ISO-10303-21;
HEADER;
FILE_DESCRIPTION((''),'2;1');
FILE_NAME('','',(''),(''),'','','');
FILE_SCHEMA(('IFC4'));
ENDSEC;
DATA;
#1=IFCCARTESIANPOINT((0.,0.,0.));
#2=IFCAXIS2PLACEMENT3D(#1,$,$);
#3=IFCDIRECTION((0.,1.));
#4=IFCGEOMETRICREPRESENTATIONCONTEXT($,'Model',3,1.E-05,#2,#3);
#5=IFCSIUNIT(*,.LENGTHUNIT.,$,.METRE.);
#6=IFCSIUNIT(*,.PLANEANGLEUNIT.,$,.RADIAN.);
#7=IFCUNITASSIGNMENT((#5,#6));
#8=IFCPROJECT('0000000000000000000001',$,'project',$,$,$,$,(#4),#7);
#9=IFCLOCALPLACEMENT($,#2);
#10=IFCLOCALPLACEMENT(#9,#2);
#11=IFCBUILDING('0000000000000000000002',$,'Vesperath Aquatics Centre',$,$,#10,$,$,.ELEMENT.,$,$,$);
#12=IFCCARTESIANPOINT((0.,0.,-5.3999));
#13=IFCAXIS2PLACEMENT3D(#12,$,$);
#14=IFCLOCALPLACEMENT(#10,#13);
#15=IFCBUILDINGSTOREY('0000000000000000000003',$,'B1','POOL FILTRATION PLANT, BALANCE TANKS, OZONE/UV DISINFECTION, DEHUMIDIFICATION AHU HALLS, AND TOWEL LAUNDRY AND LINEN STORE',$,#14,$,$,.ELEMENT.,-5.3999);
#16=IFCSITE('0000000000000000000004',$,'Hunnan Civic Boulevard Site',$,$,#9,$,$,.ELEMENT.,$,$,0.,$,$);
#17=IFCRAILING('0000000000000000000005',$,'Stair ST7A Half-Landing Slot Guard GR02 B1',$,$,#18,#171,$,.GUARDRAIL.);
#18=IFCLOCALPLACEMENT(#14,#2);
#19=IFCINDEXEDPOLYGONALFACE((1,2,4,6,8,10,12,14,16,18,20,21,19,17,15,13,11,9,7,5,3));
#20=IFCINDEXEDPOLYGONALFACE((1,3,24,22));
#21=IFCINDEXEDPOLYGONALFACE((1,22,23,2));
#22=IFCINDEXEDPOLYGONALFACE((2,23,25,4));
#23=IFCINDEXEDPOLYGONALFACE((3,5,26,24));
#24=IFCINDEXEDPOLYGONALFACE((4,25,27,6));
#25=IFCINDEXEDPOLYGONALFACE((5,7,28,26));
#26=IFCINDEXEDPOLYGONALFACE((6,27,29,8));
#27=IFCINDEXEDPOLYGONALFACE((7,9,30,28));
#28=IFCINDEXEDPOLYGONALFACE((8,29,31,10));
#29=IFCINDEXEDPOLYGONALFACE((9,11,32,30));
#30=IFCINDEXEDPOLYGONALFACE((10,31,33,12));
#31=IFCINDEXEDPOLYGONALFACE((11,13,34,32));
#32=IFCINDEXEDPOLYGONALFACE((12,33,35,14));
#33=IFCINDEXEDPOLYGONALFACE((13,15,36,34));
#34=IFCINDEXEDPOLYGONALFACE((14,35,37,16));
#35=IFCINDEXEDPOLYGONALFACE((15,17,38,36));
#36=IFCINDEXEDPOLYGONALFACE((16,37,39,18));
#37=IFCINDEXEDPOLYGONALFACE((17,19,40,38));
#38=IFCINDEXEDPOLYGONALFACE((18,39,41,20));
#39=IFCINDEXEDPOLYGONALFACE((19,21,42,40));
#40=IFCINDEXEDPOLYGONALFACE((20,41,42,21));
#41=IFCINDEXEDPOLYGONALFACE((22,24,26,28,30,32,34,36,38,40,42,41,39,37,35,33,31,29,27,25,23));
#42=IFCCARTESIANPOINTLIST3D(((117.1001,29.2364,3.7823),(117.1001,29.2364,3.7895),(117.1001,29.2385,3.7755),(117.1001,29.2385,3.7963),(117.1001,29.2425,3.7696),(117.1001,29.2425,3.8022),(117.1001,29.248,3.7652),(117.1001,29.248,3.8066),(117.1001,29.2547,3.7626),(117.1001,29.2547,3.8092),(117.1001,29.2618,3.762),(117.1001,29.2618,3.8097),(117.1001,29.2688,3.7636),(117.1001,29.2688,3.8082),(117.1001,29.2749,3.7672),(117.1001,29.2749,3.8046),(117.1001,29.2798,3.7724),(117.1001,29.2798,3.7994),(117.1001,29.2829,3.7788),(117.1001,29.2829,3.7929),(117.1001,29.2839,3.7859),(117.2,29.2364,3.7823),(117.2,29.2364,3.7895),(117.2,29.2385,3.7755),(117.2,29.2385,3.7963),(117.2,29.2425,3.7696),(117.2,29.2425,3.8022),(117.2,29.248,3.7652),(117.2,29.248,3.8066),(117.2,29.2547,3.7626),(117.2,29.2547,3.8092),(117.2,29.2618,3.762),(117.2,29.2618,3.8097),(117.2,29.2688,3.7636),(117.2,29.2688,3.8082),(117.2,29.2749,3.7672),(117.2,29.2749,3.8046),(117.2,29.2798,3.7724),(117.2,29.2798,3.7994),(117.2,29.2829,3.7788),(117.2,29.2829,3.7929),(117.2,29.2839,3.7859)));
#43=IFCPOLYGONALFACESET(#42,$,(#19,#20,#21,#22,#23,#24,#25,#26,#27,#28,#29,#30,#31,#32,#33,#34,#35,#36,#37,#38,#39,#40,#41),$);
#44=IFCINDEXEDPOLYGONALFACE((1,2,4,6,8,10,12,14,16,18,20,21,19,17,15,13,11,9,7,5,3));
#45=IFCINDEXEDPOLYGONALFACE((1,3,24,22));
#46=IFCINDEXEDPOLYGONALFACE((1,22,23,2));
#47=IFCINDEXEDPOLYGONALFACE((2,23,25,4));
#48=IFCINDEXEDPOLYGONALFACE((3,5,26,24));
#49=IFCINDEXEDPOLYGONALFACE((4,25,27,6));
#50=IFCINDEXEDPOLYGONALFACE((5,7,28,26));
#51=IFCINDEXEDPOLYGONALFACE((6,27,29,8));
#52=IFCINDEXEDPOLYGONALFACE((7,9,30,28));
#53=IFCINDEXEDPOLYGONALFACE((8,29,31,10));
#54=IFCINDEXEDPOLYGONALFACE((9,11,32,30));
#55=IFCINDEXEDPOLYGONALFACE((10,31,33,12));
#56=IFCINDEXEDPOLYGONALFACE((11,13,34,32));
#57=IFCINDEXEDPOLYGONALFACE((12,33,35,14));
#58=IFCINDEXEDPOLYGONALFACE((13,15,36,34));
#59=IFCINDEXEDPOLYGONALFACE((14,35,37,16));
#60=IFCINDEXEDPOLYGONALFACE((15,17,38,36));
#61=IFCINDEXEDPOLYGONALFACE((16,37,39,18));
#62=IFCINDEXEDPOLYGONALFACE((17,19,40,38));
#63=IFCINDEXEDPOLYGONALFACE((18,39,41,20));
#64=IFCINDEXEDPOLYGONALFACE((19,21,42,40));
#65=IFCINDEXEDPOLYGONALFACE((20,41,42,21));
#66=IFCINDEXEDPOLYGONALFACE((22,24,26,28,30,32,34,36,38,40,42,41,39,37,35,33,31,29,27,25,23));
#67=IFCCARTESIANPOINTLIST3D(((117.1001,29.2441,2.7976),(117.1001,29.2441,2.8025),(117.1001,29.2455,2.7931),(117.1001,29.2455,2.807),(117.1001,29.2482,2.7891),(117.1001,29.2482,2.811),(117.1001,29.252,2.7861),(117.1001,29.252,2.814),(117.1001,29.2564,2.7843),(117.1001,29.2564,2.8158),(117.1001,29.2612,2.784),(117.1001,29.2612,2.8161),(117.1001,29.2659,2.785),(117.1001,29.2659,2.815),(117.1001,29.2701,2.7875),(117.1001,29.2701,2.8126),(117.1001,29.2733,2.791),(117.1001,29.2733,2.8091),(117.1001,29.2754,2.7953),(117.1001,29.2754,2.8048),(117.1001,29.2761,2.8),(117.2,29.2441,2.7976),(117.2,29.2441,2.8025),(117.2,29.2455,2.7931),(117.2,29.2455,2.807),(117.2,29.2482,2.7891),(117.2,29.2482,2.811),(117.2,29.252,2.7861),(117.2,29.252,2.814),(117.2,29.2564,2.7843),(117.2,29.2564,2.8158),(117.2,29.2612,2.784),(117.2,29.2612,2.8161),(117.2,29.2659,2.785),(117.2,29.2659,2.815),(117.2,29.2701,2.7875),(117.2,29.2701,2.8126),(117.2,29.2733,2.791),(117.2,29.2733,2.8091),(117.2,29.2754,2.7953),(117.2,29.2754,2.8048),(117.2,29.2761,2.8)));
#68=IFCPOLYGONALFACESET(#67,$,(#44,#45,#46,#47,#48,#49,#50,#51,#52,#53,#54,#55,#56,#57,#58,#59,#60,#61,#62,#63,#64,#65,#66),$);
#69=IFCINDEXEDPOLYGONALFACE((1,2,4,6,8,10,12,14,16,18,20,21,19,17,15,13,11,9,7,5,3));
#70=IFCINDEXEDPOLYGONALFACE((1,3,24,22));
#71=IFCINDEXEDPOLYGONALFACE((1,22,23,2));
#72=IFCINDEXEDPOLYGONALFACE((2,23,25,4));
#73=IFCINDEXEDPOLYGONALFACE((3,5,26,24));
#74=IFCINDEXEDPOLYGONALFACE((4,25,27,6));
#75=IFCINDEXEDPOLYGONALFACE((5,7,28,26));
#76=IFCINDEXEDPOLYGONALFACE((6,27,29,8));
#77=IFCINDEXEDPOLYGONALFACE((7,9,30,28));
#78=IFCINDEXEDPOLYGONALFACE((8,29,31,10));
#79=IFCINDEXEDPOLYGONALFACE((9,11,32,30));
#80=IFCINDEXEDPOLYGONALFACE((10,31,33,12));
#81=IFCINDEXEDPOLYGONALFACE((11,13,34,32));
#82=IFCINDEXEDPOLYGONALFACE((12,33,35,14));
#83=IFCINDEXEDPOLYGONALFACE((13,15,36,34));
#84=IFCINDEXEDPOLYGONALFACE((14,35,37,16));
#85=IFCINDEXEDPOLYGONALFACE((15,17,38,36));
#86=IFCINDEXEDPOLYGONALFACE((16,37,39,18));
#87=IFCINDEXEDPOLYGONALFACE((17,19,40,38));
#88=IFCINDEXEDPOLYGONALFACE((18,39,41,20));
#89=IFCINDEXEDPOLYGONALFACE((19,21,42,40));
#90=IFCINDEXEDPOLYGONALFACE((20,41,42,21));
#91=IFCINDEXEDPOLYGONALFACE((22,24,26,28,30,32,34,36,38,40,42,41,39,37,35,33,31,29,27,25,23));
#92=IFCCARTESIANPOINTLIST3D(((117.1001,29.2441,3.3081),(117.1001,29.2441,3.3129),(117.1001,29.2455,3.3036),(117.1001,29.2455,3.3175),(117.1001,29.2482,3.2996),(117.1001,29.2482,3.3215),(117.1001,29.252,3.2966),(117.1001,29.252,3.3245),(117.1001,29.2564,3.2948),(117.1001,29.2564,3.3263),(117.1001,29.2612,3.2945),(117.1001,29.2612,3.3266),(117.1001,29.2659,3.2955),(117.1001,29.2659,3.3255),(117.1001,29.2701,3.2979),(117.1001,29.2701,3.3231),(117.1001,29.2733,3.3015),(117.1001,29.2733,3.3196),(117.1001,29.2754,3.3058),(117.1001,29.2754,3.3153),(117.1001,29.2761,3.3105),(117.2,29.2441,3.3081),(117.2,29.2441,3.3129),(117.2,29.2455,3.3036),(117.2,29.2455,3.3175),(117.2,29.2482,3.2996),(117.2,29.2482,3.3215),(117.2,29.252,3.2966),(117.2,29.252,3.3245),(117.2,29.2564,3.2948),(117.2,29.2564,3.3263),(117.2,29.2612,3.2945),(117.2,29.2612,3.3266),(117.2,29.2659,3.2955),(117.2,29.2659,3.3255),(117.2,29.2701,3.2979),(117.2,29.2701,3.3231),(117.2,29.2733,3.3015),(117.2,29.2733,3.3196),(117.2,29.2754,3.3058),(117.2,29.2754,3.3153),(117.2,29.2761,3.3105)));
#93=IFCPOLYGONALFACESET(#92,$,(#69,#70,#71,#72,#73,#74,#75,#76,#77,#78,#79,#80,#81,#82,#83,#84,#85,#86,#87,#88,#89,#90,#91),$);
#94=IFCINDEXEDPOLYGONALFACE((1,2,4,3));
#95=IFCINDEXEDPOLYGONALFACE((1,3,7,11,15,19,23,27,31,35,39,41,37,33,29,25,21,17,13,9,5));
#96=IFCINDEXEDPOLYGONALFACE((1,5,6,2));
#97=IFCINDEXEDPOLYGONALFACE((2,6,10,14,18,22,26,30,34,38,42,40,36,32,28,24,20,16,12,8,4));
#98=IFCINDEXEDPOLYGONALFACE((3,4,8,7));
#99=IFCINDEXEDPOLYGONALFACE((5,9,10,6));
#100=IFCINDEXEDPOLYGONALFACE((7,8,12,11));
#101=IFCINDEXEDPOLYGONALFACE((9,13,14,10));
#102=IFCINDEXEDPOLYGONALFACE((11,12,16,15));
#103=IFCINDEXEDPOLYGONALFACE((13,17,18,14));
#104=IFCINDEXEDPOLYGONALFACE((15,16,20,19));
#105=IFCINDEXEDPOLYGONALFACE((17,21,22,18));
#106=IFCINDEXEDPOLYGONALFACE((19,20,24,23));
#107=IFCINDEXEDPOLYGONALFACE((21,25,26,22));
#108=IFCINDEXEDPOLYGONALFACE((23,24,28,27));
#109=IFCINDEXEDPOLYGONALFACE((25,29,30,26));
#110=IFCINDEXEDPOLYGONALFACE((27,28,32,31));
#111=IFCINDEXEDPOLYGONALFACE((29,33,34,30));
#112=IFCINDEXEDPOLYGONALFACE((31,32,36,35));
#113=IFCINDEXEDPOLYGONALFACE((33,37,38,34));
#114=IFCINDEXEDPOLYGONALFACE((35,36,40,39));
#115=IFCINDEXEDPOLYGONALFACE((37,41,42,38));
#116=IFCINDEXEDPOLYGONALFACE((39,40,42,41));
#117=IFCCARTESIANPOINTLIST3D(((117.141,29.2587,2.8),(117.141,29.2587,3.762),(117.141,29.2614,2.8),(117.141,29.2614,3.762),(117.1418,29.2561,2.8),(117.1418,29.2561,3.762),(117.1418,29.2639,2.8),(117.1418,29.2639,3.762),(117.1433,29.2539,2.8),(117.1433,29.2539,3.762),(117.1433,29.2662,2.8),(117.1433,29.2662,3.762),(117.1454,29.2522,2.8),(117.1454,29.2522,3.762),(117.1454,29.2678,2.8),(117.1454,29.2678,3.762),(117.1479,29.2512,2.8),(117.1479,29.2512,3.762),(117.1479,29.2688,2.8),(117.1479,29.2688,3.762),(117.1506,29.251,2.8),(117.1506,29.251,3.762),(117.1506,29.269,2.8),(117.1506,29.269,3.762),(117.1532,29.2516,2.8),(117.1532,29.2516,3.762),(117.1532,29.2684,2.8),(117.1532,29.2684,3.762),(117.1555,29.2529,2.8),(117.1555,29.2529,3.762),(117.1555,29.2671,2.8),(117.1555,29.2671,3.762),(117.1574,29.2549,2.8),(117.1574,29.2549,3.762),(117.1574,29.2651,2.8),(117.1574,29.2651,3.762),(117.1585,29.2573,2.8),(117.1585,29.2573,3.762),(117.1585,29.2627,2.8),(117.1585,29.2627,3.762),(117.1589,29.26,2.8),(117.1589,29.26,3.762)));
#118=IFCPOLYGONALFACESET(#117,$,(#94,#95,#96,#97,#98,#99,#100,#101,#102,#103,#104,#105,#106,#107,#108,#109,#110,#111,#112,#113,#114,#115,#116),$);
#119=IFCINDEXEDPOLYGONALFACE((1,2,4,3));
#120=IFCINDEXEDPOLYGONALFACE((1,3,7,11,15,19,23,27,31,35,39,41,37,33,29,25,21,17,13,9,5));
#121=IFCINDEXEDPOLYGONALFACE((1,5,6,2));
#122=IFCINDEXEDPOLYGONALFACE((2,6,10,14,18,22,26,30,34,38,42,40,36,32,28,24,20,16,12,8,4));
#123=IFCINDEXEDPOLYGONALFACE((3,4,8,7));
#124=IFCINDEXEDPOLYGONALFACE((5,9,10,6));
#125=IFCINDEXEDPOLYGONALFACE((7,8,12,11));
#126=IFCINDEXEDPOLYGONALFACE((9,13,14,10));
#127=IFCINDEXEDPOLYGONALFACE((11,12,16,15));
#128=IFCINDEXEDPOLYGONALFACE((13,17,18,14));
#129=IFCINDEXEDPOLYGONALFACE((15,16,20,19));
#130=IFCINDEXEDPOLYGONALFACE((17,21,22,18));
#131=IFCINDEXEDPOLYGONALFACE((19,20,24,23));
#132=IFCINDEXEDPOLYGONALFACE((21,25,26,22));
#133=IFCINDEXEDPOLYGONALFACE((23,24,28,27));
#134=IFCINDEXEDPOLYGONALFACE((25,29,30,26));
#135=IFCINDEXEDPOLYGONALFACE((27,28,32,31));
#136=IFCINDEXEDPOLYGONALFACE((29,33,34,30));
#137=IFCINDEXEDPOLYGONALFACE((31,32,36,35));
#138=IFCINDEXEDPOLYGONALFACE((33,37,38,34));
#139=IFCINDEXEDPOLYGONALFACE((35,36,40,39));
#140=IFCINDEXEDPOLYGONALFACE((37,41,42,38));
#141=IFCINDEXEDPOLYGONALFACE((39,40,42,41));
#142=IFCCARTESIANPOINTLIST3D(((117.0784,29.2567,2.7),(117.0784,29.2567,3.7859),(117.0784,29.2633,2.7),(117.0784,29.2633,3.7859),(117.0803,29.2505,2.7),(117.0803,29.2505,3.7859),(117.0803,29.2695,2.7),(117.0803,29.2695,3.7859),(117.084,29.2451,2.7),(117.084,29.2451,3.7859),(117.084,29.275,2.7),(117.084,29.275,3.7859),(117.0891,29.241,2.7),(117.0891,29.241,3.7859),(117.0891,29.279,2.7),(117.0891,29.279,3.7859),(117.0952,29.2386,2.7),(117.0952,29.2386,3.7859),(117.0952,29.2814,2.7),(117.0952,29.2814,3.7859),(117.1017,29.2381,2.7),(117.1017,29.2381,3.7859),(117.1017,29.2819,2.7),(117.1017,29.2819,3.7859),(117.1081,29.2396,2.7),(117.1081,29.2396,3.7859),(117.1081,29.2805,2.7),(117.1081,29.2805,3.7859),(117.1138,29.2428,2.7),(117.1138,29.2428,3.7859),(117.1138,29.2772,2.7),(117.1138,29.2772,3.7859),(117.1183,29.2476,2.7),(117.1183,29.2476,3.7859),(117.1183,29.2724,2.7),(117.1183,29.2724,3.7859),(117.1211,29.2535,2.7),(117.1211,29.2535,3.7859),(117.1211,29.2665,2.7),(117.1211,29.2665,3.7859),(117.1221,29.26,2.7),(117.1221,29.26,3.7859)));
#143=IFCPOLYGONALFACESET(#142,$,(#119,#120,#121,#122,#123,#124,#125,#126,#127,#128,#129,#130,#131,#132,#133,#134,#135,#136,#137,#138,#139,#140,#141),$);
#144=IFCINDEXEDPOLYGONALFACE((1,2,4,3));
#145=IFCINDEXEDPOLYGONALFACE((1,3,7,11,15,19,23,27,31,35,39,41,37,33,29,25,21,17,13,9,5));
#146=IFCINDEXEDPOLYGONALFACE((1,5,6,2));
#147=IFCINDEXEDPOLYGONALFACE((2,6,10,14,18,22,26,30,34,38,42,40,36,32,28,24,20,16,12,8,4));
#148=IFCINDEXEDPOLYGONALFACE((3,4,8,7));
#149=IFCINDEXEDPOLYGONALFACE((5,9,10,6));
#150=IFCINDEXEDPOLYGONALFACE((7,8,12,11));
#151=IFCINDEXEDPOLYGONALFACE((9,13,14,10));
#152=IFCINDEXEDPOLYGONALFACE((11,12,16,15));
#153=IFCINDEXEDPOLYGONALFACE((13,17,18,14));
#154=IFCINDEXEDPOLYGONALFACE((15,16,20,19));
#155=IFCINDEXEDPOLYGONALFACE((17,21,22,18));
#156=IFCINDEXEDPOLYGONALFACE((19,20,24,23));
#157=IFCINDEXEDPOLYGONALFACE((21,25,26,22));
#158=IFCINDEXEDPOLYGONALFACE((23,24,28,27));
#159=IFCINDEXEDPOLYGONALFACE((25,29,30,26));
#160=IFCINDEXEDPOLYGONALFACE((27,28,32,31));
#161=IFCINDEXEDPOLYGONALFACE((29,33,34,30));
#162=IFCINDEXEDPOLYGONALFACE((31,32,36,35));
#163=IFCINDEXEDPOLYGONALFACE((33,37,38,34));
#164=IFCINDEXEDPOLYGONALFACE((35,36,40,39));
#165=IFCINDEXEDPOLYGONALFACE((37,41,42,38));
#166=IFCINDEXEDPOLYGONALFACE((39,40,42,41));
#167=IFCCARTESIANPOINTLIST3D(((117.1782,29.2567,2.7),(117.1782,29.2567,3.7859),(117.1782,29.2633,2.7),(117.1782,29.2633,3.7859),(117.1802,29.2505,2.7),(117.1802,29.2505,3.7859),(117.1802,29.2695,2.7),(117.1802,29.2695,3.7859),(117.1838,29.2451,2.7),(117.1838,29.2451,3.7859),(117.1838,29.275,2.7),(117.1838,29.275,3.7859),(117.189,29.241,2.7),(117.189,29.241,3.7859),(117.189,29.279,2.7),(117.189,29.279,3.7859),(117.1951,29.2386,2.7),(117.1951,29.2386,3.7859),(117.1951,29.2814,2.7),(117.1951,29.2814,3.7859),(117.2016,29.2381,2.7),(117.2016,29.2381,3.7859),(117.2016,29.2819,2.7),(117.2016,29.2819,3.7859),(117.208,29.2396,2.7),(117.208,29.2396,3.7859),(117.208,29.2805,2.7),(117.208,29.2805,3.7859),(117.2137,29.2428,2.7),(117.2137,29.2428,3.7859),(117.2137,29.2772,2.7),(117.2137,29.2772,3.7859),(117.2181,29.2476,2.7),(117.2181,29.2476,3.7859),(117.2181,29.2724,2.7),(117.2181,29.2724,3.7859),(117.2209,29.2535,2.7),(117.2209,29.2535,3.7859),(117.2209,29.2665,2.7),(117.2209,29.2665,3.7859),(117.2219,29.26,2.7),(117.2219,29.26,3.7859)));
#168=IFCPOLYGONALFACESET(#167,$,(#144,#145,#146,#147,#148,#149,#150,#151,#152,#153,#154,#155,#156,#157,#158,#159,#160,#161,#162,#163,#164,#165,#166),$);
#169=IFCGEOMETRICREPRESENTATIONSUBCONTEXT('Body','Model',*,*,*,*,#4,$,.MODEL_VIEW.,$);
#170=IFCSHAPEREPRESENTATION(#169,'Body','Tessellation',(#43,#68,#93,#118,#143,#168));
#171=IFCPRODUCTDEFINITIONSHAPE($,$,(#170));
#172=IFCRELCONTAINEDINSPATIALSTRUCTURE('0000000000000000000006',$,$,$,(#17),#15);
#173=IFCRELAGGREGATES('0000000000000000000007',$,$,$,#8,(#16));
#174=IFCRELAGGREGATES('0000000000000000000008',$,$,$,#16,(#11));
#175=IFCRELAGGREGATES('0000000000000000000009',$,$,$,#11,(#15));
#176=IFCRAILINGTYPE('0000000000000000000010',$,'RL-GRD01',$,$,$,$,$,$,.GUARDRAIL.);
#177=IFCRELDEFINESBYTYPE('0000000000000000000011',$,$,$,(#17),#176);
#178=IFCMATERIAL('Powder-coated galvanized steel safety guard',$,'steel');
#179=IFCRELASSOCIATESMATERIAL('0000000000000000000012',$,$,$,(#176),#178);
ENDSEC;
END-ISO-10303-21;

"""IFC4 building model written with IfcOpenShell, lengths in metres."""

from ifc_helpers import new_model, si_unit, direction, frame, origin, origin_2d, place, context, subcontext, project, spatial, circle, extrude, material, type_object, element, save


model = new_model("IFC4")

# Units and contexts
model_context = context("Model", 3, precision=1e-05, world=origin(), true_north=direction((0.0, 1.0)))
body_context = subcontext(model_context, "Body", "Model", "MODEL_VIEW")
ifc_project = project(units=[si_unit("LENGTHUNIT", "METRE"), si_unit("PLANEANGLEUNIT", "RADIAN")], contexts=[model_context])

# Site, building, storey
site_placement = place(None, origin())
site = spatial("IfcSite", under=ifc_project, at=site_placement, Name="Hunnan Civic Boulevard Site", CompositionType="ELEMENT", RefElevation=0.0)
building_placement = place(site_placement, origin())
building = spatial("IfcBuilding", under=site, at=building_placement, Name="Vesperath Aquatics Centre", CompositionType="ELEMENT")
storey_placement = place(building_placement, frame((0.0, 0.0, -5.3999)))
storey = spatial("IfcBuildingStorey", under=building, at=storey_placement, Name="B1", Description="POOL FILTRATION PLANT, BALANCE TANKS, OZONE/UV DISINFECTION, DEHUMIDIFICATION AHU HALLS, AND TOWEL LAUNDRY AND LINEN STORE", CompositionType="ELEMENT", Elevation=-5.3999)

# Railing
ifc_material_1 = material(Name="Powder-coated galvanized steel safety guard", Category="steel")
railing_type_1 = type_object("IfcRailingType", Name="RL-GRD01", PredefinedType="GUARDRAIL", material=ifc_material_1)
railing_1_placement = place(storey_placement, frame((117.1001, 29.26, 2.7)))
element("IfcRailing", 1, at=railing_1_placement, inside=storey, type_object=railing_type_1, Name="Stair ST7A Half-Landing Slot Guard GR02 B1", PredefinedType="GUARDRAIL", context=body_context, shape_type="SweptSolid", body=[
    extrude(circle(Radius=0.0239, at=origin_2d()), frame((0.0, 0.0, 1.0859), z_axis=(1.0, 0.0, 0.0), x_axis=(0.0, 1.0, 0.0)), (0.0, 0.0, 1.0), 0.0999),
    extrude(circle(Radius=0.0161, at=origin_2d()), frame((0.0, 0.0, 0.1001), z_axis=(1.0, 0.0, 0.0), x_axis=(0.0, 1.0, 0.0)), (0.0, 0.0, 1.0), 0.0999),
    extrude(circle(Radius=0.0161, at=origin_2d()), frame((0.0, 0.0, 0.6106), z_axis=(1.0, 0.0, 0.0), x_axis=(0.0, 1.0, 0.0)), (0.0, 0.0, 1.0), 0.0999),
    extrude(circle(Radius=0.009, at=origin_2d()), frame((0.0498, 0.0, 0.1001)), (0.0, 0.0, 1.0), 0.9619),
    extrude(circle(Radius=0.022, at=origin_2d()), origin(), (0.0, 0.0, 1.0), 1.0859),
    extrude(circle(Radius=0.022, at=origin_2d()), frame((0.0999, 0.0, 0.0)), (0.0, 0.0, 1.0), 1.0859),
])

save(model, "model.ifc")
